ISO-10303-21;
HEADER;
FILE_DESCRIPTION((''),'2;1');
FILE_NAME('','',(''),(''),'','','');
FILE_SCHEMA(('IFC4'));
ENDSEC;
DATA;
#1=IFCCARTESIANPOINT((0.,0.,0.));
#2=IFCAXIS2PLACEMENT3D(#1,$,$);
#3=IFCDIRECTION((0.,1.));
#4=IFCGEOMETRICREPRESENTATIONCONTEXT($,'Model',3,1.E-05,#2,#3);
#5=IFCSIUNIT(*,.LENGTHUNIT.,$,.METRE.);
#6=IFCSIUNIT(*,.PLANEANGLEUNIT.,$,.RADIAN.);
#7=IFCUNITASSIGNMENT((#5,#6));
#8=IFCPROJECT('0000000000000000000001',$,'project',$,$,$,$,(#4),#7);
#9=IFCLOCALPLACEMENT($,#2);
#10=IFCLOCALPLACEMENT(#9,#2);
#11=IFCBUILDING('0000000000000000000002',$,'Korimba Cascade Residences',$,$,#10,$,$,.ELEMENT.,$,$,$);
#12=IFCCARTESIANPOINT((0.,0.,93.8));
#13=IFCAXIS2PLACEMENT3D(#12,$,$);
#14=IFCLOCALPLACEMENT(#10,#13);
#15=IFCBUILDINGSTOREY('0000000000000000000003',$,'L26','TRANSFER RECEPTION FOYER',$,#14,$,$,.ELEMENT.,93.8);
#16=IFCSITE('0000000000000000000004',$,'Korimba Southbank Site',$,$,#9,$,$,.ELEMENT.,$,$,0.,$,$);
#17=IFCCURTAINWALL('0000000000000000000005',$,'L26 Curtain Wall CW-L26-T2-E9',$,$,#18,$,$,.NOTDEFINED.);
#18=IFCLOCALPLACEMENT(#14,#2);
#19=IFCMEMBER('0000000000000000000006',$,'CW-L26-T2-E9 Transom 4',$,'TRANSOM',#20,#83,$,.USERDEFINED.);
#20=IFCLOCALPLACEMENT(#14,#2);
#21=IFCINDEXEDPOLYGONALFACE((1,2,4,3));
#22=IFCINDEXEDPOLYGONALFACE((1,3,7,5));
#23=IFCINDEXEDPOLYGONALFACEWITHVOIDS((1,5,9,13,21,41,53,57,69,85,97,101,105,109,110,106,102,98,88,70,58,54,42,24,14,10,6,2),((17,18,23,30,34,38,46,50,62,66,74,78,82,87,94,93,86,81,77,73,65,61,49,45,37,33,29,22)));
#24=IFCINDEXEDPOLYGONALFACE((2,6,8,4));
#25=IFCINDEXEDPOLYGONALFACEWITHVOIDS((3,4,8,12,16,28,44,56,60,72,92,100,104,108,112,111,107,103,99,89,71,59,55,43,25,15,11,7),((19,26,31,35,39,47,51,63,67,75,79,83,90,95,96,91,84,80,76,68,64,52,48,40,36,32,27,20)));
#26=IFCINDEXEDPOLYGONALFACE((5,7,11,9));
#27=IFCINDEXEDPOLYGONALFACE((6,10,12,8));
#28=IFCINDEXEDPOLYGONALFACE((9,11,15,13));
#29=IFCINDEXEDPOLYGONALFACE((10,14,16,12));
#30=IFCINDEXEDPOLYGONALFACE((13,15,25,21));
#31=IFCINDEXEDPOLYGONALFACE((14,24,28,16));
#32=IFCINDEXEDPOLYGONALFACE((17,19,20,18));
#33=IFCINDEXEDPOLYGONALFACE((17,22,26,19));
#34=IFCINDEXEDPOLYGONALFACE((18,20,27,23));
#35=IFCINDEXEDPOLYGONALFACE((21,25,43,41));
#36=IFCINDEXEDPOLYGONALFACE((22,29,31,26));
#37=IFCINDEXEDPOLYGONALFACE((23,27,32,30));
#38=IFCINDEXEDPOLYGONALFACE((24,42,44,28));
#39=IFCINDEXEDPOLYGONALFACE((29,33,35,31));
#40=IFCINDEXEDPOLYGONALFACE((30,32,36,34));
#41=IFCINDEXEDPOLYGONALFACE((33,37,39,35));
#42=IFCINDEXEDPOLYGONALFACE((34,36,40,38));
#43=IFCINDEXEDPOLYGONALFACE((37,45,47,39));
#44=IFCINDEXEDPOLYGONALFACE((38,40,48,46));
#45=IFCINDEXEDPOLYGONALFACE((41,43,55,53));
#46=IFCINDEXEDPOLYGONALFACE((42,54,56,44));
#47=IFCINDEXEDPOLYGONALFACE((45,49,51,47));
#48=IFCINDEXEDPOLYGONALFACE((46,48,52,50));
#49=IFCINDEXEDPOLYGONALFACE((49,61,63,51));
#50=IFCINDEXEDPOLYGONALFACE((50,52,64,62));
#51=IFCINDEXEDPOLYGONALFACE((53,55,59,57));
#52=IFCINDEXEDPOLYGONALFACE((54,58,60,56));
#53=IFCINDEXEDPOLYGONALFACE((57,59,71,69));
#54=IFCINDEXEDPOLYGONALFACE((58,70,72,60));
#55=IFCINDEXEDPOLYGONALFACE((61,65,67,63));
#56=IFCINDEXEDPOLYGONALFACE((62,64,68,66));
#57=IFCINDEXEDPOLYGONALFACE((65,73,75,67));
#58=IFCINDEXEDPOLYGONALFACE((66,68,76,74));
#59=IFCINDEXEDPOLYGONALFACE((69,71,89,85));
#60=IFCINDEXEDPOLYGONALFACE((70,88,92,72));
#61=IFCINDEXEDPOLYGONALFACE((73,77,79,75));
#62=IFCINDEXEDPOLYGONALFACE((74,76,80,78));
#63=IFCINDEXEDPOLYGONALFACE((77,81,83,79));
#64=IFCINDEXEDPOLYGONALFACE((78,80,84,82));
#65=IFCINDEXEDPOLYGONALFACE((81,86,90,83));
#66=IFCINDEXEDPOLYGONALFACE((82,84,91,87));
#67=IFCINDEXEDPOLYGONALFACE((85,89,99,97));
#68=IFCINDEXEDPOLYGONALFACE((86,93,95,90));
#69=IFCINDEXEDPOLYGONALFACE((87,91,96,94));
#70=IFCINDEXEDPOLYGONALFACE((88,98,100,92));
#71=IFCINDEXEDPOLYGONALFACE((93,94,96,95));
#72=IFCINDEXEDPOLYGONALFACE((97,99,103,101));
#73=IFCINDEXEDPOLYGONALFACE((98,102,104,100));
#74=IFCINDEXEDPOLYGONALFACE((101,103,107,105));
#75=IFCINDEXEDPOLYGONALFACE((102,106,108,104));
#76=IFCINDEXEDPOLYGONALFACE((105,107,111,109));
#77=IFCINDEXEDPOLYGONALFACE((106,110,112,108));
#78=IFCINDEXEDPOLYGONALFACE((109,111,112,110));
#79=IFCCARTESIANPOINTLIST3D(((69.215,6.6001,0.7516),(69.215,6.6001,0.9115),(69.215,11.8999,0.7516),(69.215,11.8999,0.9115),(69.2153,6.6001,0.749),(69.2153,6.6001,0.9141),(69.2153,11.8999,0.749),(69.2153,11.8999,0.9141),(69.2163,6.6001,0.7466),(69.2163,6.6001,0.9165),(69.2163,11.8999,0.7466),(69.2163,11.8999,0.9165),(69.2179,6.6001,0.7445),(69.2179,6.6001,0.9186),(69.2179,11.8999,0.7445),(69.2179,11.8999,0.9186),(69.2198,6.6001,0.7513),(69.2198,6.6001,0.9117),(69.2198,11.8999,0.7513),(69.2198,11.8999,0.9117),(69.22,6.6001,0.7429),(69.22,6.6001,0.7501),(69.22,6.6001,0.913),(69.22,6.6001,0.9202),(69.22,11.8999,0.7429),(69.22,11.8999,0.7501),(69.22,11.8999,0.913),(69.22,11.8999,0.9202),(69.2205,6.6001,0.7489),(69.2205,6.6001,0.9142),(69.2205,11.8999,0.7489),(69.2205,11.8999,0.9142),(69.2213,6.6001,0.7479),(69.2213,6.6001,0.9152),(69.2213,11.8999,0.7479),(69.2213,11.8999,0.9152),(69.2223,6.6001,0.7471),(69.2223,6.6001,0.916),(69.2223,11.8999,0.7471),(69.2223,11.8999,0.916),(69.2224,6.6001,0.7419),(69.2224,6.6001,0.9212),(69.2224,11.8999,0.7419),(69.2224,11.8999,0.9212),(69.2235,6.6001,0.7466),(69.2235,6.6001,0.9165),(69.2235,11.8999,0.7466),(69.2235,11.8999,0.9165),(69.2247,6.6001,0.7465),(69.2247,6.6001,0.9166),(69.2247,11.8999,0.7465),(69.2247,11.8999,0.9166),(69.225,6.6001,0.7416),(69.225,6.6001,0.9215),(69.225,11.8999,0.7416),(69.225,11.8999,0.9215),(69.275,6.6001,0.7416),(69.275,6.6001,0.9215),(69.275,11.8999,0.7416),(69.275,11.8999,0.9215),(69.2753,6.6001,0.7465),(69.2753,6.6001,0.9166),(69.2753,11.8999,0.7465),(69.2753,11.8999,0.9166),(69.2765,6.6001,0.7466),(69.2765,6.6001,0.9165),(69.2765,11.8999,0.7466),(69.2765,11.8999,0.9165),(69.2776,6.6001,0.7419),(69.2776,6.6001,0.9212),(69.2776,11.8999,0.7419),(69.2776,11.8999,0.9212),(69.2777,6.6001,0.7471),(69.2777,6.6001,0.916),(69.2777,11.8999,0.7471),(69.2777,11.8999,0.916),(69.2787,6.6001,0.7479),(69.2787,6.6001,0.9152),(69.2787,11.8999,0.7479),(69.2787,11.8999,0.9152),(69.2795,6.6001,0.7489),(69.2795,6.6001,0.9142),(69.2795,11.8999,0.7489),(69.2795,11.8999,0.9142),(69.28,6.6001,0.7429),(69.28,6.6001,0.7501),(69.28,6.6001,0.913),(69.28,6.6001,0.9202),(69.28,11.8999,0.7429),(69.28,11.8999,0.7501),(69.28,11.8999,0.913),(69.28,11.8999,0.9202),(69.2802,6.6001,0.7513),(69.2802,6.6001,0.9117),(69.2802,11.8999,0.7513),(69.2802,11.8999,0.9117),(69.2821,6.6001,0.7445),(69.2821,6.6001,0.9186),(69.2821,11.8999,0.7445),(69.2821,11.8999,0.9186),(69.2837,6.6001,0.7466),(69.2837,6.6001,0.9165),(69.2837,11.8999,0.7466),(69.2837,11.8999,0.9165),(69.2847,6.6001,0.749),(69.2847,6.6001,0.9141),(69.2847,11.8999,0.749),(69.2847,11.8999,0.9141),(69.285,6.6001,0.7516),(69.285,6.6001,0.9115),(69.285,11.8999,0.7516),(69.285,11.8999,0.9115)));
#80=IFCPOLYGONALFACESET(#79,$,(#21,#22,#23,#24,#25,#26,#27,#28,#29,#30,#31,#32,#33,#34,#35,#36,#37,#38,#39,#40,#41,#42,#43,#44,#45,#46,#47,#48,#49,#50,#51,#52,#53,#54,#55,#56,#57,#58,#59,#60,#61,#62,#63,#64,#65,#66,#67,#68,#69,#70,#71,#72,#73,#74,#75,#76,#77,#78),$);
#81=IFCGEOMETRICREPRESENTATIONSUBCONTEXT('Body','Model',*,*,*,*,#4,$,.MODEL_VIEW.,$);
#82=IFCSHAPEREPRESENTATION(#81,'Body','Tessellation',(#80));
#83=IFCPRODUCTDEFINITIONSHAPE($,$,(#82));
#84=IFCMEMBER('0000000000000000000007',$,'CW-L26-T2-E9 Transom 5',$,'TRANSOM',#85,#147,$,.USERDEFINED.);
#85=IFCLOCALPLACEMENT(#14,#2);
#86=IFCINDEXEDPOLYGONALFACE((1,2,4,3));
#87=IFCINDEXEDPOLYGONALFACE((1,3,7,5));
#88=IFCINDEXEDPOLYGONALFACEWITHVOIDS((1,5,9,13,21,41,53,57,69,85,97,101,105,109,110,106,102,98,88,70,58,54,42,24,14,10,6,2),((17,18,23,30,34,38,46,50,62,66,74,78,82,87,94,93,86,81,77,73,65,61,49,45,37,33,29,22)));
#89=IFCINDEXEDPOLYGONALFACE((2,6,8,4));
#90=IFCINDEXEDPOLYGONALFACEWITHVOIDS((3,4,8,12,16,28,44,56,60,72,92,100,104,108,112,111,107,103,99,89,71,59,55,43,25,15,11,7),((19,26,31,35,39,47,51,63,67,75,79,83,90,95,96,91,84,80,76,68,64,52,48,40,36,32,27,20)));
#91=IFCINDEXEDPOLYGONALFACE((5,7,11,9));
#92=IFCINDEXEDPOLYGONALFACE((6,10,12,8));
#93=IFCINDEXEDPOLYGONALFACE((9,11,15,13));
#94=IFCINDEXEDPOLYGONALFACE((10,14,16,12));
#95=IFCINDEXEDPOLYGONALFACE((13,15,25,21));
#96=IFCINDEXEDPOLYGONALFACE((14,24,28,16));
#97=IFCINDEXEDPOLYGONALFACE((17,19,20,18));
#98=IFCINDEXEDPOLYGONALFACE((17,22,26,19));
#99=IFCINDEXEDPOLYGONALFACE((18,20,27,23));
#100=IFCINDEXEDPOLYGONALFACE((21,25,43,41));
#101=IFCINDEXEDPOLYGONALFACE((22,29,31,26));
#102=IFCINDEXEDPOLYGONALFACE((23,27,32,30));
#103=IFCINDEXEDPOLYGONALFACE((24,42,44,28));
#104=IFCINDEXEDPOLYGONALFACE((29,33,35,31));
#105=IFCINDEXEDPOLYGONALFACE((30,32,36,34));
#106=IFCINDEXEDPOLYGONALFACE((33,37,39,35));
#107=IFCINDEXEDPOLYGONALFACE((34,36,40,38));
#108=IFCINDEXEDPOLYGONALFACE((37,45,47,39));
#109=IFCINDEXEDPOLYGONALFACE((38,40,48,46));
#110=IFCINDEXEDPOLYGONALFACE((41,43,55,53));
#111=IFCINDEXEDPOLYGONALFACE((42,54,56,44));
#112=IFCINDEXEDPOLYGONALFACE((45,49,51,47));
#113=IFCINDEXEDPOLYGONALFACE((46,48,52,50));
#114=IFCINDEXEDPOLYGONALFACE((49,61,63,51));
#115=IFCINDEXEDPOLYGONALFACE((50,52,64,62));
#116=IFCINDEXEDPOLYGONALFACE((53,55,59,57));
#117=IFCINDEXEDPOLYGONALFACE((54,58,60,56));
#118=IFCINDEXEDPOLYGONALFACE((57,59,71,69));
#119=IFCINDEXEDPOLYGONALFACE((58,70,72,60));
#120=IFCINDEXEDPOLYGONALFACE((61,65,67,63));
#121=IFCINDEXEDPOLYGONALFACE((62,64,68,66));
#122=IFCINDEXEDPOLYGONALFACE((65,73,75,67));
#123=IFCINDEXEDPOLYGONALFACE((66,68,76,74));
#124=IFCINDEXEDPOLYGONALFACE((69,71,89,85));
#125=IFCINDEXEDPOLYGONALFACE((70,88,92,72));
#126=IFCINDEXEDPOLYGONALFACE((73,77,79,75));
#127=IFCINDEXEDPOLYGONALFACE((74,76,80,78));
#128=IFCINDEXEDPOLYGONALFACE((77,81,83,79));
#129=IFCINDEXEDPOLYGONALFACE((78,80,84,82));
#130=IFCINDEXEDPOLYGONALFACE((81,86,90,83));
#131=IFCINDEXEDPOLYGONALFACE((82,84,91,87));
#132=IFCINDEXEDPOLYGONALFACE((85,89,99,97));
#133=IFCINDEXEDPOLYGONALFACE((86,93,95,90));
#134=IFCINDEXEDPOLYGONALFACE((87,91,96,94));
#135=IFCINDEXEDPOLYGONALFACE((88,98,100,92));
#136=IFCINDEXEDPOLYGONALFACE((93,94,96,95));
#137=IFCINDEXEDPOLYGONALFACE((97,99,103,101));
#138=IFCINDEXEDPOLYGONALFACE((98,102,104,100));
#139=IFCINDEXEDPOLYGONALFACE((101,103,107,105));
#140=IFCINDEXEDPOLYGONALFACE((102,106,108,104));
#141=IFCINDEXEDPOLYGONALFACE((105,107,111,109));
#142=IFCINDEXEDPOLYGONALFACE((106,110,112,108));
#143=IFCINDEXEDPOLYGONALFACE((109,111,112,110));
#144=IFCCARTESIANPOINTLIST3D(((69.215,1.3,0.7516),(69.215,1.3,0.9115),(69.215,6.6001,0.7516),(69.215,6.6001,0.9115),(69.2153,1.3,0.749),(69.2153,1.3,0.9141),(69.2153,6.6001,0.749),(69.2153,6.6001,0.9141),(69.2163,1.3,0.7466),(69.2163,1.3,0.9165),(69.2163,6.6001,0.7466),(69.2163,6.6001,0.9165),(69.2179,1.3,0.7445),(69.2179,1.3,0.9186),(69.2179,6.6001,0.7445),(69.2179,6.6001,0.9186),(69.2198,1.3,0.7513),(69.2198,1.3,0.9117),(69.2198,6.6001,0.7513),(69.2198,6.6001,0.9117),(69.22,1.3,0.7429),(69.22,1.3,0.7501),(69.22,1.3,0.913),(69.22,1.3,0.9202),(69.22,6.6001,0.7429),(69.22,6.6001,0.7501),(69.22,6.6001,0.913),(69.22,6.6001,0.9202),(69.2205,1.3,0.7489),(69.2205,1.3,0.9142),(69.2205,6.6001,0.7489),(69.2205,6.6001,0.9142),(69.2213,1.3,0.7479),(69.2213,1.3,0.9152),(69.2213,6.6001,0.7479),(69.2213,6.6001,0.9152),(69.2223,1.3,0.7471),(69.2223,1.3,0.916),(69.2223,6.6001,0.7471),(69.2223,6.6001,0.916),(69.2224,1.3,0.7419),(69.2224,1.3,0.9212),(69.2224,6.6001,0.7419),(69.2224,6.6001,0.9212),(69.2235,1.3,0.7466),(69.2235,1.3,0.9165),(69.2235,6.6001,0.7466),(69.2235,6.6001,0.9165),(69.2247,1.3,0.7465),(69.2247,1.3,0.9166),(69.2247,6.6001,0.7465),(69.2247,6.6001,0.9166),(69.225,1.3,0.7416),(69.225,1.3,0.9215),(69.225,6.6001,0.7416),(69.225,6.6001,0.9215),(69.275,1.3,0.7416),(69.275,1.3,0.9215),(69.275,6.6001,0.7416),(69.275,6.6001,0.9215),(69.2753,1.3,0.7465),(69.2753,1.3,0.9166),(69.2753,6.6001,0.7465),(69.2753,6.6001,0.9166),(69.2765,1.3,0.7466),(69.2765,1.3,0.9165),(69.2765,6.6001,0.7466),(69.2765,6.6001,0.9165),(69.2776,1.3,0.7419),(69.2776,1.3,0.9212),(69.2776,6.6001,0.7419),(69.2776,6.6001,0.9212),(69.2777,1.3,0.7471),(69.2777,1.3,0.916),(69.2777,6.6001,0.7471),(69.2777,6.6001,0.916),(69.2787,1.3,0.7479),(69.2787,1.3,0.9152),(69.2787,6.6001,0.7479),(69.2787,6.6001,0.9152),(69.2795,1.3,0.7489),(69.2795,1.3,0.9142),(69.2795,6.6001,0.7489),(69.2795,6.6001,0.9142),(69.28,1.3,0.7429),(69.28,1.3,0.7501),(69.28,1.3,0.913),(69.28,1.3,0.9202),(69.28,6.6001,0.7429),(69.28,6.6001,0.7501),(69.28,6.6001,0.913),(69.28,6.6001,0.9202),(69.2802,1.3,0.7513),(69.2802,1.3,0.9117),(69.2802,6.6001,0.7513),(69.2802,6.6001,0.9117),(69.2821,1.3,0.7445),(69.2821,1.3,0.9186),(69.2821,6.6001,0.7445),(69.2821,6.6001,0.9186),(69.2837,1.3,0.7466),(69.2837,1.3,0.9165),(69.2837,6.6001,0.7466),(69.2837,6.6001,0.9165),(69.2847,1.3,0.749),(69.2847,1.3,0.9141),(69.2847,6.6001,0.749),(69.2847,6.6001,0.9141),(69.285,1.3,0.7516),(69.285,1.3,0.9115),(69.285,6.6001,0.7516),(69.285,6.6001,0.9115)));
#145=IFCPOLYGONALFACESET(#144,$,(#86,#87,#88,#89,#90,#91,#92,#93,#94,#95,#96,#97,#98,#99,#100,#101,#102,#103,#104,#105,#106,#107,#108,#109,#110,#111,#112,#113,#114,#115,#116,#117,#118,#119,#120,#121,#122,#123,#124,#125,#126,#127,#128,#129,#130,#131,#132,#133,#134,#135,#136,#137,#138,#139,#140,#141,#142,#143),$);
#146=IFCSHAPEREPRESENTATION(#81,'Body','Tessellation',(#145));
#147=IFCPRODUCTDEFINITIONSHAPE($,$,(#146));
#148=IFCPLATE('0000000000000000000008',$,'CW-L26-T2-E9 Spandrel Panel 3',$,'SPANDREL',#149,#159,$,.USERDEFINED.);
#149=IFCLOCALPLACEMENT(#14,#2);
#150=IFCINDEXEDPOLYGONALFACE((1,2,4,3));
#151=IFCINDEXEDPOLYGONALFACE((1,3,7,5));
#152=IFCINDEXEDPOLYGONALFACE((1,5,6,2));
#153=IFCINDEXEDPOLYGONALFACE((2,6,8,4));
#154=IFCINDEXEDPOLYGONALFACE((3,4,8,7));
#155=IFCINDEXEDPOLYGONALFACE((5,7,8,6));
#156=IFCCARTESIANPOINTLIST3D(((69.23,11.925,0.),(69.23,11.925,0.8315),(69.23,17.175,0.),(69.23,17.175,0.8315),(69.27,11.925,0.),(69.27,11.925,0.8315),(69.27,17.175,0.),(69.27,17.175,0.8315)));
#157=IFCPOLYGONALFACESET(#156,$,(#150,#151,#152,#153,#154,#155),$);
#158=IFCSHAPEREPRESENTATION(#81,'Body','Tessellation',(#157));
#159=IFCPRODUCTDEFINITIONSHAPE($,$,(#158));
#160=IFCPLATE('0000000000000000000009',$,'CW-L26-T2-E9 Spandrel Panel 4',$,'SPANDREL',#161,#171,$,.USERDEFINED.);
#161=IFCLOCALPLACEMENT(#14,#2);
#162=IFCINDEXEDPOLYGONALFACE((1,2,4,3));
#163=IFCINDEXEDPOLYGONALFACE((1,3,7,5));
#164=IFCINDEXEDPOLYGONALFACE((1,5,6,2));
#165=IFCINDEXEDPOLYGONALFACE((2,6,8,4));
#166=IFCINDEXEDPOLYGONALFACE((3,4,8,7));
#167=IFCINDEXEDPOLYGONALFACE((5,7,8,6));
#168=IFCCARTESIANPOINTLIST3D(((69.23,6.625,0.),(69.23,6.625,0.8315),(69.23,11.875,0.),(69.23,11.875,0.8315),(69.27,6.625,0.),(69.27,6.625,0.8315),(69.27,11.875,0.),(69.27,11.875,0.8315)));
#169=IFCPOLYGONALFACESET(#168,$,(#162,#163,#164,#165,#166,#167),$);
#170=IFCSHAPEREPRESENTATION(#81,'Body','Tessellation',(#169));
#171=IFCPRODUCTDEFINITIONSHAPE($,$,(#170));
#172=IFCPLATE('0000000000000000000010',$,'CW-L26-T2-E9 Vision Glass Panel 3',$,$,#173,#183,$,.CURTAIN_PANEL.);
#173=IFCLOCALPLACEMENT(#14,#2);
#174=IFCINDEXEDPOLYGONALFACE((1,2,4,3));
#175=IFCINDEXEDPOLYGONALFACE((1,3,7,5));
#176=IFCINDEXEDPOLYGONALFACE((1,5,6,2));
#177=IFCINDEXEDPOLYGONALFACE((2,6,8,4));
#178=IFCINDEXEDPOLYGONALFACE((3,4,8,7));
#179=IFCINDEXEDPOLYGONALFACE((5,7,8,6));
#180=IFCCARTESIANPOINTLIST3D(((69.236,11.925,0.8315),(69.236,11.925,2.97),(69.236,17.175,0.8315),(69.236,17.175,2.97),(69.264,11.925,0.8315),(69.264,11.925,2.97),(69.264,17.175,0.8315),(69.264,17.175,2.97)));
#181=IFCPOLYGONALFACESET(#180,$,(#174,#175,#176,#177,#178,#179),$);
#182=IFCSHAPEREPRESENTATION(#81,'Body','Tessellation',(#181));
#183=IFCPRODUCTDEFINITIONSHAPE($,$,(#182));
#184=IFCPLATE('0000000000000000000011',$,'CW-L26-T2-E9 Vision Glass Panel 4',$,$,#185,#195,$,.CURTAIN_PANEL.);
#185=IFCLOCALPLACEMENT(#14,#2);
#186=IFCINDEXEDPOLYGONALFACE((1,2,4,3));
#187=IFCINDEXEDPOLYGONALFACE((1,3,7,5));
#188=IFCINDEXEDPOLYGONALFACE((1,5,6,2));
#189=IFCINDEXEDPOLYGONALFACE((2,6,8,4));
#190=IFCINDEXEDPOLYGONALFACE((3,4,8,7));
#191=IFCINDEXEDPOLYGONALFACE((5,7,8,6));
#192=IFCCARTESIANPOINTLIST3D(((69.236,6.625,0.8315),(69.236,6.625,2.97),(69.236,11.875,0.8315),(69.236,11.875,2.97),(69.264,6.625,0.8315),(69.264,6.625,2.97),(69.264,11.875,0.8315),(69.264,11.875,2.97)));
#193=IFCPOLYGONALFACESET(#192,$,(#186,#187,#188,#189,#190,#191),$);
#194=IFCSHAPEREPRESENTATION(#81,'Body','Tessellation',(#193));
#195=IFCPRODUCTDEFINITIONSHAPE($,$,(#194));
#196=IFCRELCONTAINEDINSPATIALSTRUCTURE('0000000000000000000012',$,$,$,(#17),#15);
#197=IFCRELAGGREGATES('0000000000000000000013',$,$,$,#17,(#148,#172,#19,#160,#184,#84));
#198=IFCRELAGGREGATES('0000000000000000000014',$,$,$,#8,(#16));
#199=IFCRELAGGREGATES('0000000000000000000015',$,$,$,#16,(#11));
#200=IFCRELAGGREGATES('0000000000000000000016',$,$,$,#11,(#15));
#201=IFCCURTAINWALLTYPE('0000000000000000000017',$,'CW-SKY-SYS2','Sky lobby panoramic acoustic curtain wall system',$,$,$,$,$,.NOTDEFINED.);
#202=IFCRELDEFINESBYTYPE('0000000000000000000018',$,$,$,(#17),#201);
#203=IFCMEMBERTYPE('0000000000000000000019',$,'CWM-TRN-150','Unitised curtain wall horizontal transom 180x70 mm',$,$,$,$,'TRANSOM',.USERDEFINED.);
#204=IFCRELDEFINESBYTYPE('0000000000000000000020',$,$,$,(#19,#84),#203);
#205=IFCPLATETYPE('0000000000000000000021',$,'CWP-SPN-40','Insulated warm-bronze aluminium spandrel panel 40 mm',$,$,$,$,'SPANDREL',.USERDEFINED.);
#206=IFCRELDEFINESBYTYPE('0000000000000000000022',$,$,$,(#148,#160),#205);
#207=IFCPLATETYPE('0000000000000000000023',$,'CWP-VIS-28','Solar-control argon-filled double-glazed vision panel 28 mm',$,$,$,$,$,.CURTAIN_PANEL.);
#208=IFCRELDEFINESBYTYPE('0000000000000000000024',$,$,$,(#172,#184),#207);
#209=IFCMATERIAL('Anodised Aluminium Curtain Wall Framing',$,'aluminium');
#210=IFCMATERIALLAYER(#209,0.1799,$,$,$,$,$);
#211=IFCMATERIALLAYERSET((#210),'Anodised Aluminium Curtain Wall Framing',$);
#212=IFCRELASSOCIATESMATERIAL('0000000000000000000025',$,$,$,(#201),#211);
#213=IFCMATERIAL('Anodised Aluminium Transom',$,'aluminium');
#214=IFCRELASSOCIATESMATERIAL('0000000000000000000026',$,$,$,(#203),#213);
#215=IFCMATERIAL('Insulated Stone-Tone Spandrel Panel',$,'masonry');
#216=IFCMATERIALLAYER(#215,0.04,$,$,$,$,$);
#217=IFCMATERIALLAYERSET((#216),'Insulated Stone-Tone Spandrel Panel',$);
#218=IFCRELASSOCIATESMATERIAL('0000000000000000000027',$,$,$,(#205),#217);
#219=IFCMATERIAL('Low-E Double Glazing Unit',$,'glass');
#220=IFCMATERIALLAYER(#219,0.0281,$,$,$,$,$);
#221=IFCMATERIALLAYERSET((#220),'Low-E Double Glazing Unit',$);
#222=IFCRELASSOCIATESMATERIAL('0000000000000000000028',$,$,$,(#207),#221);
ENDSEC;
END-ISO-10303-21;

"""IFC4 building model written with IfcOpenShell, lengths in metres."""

from ifc_helpers import new_model, si_unit, direction, frame, origin, origin_2d, place, context, subcontext, project, spatial, rectangle, hollow_rectangle, extrude, material, layer, layer_set, material_profile, profile_set, type_object, element, aggregate, save


model = new_model("IFC4")

# Units and contexts
model_context = context("Model", 3, precision=1e-05, world=origin(), true_north=direction((0.0, 1.0)))
body_context = subcontext(model_context, "Body", "Model", "MODEL_VIEW")
ifc_project = project(units=[si_unit("LENGTHUNIT", "METRE"), si_unit("PLANEANGLEUNIT", "RADIAN")], contexts=[model_context])

# Site, building, storey
site_placement = place(None, origin())
site = spatial("IfcSite", under=ifc_project, at=site_placement, Name="Korimba Southbank Site", CompositionType="ELEMENT", RefElevation=0.0)
building_placement = place(site_placement, origin())
building = spatial("IfcBuilding", under=site, at=building_placement, Name="Korimba Cascade Residences", CompositionType="ELEMENT")
storey_placement = place(building_placement, frame((0.0, 0.0, 93.8)))
storey = spatial("IfcBuildingStorey", under=building, at=storey_placement, Name="L26", Description="TRANSFER RECEPTION FOYER", CompositionType="ELEMENT", Elevation=93.8)

# Curtain wall, members, plates
ifc_material_1 = material(Name="Anodised Aluminium Curtain Wall Framing", Category="aluminium")
ifc_layer_1 = layer(ifc_material_1, 0.1799)
ifc_layer_set_1 = layer_set([ifc_layer_1], Name="Anodised Aluminium Curtain Wall Framing")
curtain_wall_type = type_object("IfcCurtainWallType", Name="CW-SKY-SYS2", Description="Sky lobby panoramic acoustic curtain wall system", PredefinedType="NOTDEFINED", material=ifc_layer_set_1)
curtain_wall_placement = place(storey_placement, origin())
curtain_wall = element("IfcCurtainWall", 1, at=curtain_wall_placement, inside=storey, type_object=curtain_wall_type, Name="L26 Curtain Wall CW-L26-T2-E9", PredefinedType="NOTDEFINED")
ifc_material_2 = material(Name="Anodised Aluminium Transom", Category="aluminium")
ifc_material_profile_1 = material_profile(ifc_material_2, hollow_rectangle(XDim=0.0701, YDim=0.1799, WallThickness=0.0049, InnerFilletRadius=0.0049, OuterFilletRadius=0.01, at=origin_2d()), Name="Anodised Aluminium Transom")
ifc_profile_set_1 = profile_set([ifc_material_profile_1], Name="Anodised Aluminium Transom")
member_type_1 = type_object("IfcMemberType", Name="CWM-TRN-150", Description="Unitised curtain wall horizontal transom 180x70 mm", ElementType="TRANSOM", PredefinedType="USERDEFINED", material=ifc_profile_set_1)
member_1_placement = place(storey_placement, frame((69.25, 11.8999, 0.8315), z_axis=(0.0, -1.0, 0.0), x_axis=(1.0, 0.0, 0.0)))
member_1 = element("IfcMember", 2, at=member_1_placement, type_object=member_type_1, Name="CW-L26-T2-E9 Transom 4", ObjectType="TRANSOM", PredefinedType="USERDEFINED", context=body_context, shape_type="SweptSolid", body=[
    extrude(hollow_rectangle(XDim=0.0701, YDim=0.1799, WallThickness=0.0049, InnerFilletRadius=0.0049, OuterFilletRadius=0.01, at=origin_2d()), origin(), (0.0, 0.0, 1.0), 5.2998),
])
member_2_placement = place(storey_placement, frame((69.25, 6.6001, 0.8315), z_axis=(0.0, -1.0, 0.0), x_axis=(1.0, 0.0, 0.0)))
member_2 = element("IfcMember", 3, at=member_2_placement, type_object=member_type_1, Name="CW-L26-T2-E9 Transom 5", ObjectType="TRANSOM", PredefinedType="USERDEFINED", context=body_context, shape_type="SweptSolid", body=[
    extrude(hollow_rectangle(XDim=0.0701, YDim=0.1799, WallThickness=0.0049, InnerFilletRadius=0.0049, OuterFilletRadius=0.01, at=origin_2d()), origin(), (0.0, 0.0, 1.0), 5.3),
])
ifc_material_3 = material(Name="Insulated Stone-Tone Spandrel Panel", Category="masonry")
ifc_layer_2 = layer(ifc_material_3, 0.04)
ifc_layer_set_2 = layer_set([ifc_layer_2], Name="Insulated Stone-Tone Spandrel Panel")
plate_type_1 = type_object("IfcPlateType", Name="CWP-SPN-40", Description="Insulated warm-bronze aluminium spandrel panel 40 mm", ElementType="SPANDREL", PredefinedType="USERDEFINED", material=ifc_layer_set_2)
plate_1_placement = place(storey_placement, frame((69.25, 14.55, 0.0), z_axis=(0.0, 0.0, 1.0), x_axis=(0.0, -1.0, 0.0)))
plate_1 = element("IfcPlate", 4, at=plate_1_placement, type_object=plate_type_1, Name="CW-L26-T2-E9 Spandrel Panel 3", ObjectType="SPANDREL", PredefinedType="USERDEFINED", context=body_context, shape_type="SweptSolid", body=[
    extrude(rectangle(XDim=5.25, YDim=0.04, at=origin_2d()), origin(), (0.0, 0.0, 1.0), 0.8315),
])
plate_2_placement = place(storey_placement, frame((69.25, 9.25, 0.0), z_axis=(0.0, 0.0, 1.0), x_axis=(0.0, -1.0, 0.0)))
plate_2 = element("IfcPlate", 5, at=plate_2_placement, type_object=plate_type_1, Name="CW-L26-T2-E9 Spandrel Panel 4", ObjectType="SPANDREL", PredefinedType="USERDEFINED", context=body_context, shape_type="SweptSolid", body=[
    extrude(rectangle(XDim=5.25, YDim=0.04, at=origin_2d()), origin(), (0.0, 0.0, 1.0), 0.8315),
])
ifc_material_4 = material(Name="Low-E Double Glazing Unit", Category="glass")
ifc_layer_3 = layer(ifc_material_4, 0.0281)
ifc_layer_set_3 = layer_set([ifc_layer_3], Name="Low-E Double Glazing Unit")
plate_type_2 = type_object("IfcPlateType", Name="CWP-VIS-28", Description="Solar-control argon-filled double-glazed vision panel 28 mm", PredefinedType="CURTAIN_PANEL", material=ifc_layer_set_3)
plate_3_placement = place(storey_placement, frame((69.25, 14.55, 0.8315), z_axis=(0.0, 0.0, 1.0), x_axis=(0.0, -1.0, 0.0)))
plate_3 = element("IfcPlate", 6, at=plate_3_placement, type_object=plate_type_2, Name="CW-L26-T2-E9 Vision Glass Panel 3", PredefinedType="CURTAIN_PANEL", context=body_context, shape_type="SweptSolid", body=[
    extrude(rectangle(XDim=5.25, YDim=0.0281, at=origin_2d()), origin(), (0.0, 0.0, 1.0), 2.1384),
])
plate_4_placement = place(storey_placement, frame((69.25, 9.25, 0.8315), z_axis=(0.0, 0.0, 1.0), x_axis=(0.0, -1.0, 0.0)))
plate_4 = element("IfcPlate", 7, at=plate_4_placement, type_object=plate_type_2, Name="CW-L26-T2-E9 Vision Glass Panel 4", PredefinedType="CURTAIN_PANEL", context=body_context, shape_type="SweptSolid", body=[
    extrude(rectangle(XDim=5.25, YDim=0.0281, at=origin_2d()), origin(), (0.0, 0.0, 1.0), 2.1384),
])
aggregate(curtain_wall, [plate_1, plate_3, member_1, plate_2, plate_4, member_2])

save(model, "model.ifc")
